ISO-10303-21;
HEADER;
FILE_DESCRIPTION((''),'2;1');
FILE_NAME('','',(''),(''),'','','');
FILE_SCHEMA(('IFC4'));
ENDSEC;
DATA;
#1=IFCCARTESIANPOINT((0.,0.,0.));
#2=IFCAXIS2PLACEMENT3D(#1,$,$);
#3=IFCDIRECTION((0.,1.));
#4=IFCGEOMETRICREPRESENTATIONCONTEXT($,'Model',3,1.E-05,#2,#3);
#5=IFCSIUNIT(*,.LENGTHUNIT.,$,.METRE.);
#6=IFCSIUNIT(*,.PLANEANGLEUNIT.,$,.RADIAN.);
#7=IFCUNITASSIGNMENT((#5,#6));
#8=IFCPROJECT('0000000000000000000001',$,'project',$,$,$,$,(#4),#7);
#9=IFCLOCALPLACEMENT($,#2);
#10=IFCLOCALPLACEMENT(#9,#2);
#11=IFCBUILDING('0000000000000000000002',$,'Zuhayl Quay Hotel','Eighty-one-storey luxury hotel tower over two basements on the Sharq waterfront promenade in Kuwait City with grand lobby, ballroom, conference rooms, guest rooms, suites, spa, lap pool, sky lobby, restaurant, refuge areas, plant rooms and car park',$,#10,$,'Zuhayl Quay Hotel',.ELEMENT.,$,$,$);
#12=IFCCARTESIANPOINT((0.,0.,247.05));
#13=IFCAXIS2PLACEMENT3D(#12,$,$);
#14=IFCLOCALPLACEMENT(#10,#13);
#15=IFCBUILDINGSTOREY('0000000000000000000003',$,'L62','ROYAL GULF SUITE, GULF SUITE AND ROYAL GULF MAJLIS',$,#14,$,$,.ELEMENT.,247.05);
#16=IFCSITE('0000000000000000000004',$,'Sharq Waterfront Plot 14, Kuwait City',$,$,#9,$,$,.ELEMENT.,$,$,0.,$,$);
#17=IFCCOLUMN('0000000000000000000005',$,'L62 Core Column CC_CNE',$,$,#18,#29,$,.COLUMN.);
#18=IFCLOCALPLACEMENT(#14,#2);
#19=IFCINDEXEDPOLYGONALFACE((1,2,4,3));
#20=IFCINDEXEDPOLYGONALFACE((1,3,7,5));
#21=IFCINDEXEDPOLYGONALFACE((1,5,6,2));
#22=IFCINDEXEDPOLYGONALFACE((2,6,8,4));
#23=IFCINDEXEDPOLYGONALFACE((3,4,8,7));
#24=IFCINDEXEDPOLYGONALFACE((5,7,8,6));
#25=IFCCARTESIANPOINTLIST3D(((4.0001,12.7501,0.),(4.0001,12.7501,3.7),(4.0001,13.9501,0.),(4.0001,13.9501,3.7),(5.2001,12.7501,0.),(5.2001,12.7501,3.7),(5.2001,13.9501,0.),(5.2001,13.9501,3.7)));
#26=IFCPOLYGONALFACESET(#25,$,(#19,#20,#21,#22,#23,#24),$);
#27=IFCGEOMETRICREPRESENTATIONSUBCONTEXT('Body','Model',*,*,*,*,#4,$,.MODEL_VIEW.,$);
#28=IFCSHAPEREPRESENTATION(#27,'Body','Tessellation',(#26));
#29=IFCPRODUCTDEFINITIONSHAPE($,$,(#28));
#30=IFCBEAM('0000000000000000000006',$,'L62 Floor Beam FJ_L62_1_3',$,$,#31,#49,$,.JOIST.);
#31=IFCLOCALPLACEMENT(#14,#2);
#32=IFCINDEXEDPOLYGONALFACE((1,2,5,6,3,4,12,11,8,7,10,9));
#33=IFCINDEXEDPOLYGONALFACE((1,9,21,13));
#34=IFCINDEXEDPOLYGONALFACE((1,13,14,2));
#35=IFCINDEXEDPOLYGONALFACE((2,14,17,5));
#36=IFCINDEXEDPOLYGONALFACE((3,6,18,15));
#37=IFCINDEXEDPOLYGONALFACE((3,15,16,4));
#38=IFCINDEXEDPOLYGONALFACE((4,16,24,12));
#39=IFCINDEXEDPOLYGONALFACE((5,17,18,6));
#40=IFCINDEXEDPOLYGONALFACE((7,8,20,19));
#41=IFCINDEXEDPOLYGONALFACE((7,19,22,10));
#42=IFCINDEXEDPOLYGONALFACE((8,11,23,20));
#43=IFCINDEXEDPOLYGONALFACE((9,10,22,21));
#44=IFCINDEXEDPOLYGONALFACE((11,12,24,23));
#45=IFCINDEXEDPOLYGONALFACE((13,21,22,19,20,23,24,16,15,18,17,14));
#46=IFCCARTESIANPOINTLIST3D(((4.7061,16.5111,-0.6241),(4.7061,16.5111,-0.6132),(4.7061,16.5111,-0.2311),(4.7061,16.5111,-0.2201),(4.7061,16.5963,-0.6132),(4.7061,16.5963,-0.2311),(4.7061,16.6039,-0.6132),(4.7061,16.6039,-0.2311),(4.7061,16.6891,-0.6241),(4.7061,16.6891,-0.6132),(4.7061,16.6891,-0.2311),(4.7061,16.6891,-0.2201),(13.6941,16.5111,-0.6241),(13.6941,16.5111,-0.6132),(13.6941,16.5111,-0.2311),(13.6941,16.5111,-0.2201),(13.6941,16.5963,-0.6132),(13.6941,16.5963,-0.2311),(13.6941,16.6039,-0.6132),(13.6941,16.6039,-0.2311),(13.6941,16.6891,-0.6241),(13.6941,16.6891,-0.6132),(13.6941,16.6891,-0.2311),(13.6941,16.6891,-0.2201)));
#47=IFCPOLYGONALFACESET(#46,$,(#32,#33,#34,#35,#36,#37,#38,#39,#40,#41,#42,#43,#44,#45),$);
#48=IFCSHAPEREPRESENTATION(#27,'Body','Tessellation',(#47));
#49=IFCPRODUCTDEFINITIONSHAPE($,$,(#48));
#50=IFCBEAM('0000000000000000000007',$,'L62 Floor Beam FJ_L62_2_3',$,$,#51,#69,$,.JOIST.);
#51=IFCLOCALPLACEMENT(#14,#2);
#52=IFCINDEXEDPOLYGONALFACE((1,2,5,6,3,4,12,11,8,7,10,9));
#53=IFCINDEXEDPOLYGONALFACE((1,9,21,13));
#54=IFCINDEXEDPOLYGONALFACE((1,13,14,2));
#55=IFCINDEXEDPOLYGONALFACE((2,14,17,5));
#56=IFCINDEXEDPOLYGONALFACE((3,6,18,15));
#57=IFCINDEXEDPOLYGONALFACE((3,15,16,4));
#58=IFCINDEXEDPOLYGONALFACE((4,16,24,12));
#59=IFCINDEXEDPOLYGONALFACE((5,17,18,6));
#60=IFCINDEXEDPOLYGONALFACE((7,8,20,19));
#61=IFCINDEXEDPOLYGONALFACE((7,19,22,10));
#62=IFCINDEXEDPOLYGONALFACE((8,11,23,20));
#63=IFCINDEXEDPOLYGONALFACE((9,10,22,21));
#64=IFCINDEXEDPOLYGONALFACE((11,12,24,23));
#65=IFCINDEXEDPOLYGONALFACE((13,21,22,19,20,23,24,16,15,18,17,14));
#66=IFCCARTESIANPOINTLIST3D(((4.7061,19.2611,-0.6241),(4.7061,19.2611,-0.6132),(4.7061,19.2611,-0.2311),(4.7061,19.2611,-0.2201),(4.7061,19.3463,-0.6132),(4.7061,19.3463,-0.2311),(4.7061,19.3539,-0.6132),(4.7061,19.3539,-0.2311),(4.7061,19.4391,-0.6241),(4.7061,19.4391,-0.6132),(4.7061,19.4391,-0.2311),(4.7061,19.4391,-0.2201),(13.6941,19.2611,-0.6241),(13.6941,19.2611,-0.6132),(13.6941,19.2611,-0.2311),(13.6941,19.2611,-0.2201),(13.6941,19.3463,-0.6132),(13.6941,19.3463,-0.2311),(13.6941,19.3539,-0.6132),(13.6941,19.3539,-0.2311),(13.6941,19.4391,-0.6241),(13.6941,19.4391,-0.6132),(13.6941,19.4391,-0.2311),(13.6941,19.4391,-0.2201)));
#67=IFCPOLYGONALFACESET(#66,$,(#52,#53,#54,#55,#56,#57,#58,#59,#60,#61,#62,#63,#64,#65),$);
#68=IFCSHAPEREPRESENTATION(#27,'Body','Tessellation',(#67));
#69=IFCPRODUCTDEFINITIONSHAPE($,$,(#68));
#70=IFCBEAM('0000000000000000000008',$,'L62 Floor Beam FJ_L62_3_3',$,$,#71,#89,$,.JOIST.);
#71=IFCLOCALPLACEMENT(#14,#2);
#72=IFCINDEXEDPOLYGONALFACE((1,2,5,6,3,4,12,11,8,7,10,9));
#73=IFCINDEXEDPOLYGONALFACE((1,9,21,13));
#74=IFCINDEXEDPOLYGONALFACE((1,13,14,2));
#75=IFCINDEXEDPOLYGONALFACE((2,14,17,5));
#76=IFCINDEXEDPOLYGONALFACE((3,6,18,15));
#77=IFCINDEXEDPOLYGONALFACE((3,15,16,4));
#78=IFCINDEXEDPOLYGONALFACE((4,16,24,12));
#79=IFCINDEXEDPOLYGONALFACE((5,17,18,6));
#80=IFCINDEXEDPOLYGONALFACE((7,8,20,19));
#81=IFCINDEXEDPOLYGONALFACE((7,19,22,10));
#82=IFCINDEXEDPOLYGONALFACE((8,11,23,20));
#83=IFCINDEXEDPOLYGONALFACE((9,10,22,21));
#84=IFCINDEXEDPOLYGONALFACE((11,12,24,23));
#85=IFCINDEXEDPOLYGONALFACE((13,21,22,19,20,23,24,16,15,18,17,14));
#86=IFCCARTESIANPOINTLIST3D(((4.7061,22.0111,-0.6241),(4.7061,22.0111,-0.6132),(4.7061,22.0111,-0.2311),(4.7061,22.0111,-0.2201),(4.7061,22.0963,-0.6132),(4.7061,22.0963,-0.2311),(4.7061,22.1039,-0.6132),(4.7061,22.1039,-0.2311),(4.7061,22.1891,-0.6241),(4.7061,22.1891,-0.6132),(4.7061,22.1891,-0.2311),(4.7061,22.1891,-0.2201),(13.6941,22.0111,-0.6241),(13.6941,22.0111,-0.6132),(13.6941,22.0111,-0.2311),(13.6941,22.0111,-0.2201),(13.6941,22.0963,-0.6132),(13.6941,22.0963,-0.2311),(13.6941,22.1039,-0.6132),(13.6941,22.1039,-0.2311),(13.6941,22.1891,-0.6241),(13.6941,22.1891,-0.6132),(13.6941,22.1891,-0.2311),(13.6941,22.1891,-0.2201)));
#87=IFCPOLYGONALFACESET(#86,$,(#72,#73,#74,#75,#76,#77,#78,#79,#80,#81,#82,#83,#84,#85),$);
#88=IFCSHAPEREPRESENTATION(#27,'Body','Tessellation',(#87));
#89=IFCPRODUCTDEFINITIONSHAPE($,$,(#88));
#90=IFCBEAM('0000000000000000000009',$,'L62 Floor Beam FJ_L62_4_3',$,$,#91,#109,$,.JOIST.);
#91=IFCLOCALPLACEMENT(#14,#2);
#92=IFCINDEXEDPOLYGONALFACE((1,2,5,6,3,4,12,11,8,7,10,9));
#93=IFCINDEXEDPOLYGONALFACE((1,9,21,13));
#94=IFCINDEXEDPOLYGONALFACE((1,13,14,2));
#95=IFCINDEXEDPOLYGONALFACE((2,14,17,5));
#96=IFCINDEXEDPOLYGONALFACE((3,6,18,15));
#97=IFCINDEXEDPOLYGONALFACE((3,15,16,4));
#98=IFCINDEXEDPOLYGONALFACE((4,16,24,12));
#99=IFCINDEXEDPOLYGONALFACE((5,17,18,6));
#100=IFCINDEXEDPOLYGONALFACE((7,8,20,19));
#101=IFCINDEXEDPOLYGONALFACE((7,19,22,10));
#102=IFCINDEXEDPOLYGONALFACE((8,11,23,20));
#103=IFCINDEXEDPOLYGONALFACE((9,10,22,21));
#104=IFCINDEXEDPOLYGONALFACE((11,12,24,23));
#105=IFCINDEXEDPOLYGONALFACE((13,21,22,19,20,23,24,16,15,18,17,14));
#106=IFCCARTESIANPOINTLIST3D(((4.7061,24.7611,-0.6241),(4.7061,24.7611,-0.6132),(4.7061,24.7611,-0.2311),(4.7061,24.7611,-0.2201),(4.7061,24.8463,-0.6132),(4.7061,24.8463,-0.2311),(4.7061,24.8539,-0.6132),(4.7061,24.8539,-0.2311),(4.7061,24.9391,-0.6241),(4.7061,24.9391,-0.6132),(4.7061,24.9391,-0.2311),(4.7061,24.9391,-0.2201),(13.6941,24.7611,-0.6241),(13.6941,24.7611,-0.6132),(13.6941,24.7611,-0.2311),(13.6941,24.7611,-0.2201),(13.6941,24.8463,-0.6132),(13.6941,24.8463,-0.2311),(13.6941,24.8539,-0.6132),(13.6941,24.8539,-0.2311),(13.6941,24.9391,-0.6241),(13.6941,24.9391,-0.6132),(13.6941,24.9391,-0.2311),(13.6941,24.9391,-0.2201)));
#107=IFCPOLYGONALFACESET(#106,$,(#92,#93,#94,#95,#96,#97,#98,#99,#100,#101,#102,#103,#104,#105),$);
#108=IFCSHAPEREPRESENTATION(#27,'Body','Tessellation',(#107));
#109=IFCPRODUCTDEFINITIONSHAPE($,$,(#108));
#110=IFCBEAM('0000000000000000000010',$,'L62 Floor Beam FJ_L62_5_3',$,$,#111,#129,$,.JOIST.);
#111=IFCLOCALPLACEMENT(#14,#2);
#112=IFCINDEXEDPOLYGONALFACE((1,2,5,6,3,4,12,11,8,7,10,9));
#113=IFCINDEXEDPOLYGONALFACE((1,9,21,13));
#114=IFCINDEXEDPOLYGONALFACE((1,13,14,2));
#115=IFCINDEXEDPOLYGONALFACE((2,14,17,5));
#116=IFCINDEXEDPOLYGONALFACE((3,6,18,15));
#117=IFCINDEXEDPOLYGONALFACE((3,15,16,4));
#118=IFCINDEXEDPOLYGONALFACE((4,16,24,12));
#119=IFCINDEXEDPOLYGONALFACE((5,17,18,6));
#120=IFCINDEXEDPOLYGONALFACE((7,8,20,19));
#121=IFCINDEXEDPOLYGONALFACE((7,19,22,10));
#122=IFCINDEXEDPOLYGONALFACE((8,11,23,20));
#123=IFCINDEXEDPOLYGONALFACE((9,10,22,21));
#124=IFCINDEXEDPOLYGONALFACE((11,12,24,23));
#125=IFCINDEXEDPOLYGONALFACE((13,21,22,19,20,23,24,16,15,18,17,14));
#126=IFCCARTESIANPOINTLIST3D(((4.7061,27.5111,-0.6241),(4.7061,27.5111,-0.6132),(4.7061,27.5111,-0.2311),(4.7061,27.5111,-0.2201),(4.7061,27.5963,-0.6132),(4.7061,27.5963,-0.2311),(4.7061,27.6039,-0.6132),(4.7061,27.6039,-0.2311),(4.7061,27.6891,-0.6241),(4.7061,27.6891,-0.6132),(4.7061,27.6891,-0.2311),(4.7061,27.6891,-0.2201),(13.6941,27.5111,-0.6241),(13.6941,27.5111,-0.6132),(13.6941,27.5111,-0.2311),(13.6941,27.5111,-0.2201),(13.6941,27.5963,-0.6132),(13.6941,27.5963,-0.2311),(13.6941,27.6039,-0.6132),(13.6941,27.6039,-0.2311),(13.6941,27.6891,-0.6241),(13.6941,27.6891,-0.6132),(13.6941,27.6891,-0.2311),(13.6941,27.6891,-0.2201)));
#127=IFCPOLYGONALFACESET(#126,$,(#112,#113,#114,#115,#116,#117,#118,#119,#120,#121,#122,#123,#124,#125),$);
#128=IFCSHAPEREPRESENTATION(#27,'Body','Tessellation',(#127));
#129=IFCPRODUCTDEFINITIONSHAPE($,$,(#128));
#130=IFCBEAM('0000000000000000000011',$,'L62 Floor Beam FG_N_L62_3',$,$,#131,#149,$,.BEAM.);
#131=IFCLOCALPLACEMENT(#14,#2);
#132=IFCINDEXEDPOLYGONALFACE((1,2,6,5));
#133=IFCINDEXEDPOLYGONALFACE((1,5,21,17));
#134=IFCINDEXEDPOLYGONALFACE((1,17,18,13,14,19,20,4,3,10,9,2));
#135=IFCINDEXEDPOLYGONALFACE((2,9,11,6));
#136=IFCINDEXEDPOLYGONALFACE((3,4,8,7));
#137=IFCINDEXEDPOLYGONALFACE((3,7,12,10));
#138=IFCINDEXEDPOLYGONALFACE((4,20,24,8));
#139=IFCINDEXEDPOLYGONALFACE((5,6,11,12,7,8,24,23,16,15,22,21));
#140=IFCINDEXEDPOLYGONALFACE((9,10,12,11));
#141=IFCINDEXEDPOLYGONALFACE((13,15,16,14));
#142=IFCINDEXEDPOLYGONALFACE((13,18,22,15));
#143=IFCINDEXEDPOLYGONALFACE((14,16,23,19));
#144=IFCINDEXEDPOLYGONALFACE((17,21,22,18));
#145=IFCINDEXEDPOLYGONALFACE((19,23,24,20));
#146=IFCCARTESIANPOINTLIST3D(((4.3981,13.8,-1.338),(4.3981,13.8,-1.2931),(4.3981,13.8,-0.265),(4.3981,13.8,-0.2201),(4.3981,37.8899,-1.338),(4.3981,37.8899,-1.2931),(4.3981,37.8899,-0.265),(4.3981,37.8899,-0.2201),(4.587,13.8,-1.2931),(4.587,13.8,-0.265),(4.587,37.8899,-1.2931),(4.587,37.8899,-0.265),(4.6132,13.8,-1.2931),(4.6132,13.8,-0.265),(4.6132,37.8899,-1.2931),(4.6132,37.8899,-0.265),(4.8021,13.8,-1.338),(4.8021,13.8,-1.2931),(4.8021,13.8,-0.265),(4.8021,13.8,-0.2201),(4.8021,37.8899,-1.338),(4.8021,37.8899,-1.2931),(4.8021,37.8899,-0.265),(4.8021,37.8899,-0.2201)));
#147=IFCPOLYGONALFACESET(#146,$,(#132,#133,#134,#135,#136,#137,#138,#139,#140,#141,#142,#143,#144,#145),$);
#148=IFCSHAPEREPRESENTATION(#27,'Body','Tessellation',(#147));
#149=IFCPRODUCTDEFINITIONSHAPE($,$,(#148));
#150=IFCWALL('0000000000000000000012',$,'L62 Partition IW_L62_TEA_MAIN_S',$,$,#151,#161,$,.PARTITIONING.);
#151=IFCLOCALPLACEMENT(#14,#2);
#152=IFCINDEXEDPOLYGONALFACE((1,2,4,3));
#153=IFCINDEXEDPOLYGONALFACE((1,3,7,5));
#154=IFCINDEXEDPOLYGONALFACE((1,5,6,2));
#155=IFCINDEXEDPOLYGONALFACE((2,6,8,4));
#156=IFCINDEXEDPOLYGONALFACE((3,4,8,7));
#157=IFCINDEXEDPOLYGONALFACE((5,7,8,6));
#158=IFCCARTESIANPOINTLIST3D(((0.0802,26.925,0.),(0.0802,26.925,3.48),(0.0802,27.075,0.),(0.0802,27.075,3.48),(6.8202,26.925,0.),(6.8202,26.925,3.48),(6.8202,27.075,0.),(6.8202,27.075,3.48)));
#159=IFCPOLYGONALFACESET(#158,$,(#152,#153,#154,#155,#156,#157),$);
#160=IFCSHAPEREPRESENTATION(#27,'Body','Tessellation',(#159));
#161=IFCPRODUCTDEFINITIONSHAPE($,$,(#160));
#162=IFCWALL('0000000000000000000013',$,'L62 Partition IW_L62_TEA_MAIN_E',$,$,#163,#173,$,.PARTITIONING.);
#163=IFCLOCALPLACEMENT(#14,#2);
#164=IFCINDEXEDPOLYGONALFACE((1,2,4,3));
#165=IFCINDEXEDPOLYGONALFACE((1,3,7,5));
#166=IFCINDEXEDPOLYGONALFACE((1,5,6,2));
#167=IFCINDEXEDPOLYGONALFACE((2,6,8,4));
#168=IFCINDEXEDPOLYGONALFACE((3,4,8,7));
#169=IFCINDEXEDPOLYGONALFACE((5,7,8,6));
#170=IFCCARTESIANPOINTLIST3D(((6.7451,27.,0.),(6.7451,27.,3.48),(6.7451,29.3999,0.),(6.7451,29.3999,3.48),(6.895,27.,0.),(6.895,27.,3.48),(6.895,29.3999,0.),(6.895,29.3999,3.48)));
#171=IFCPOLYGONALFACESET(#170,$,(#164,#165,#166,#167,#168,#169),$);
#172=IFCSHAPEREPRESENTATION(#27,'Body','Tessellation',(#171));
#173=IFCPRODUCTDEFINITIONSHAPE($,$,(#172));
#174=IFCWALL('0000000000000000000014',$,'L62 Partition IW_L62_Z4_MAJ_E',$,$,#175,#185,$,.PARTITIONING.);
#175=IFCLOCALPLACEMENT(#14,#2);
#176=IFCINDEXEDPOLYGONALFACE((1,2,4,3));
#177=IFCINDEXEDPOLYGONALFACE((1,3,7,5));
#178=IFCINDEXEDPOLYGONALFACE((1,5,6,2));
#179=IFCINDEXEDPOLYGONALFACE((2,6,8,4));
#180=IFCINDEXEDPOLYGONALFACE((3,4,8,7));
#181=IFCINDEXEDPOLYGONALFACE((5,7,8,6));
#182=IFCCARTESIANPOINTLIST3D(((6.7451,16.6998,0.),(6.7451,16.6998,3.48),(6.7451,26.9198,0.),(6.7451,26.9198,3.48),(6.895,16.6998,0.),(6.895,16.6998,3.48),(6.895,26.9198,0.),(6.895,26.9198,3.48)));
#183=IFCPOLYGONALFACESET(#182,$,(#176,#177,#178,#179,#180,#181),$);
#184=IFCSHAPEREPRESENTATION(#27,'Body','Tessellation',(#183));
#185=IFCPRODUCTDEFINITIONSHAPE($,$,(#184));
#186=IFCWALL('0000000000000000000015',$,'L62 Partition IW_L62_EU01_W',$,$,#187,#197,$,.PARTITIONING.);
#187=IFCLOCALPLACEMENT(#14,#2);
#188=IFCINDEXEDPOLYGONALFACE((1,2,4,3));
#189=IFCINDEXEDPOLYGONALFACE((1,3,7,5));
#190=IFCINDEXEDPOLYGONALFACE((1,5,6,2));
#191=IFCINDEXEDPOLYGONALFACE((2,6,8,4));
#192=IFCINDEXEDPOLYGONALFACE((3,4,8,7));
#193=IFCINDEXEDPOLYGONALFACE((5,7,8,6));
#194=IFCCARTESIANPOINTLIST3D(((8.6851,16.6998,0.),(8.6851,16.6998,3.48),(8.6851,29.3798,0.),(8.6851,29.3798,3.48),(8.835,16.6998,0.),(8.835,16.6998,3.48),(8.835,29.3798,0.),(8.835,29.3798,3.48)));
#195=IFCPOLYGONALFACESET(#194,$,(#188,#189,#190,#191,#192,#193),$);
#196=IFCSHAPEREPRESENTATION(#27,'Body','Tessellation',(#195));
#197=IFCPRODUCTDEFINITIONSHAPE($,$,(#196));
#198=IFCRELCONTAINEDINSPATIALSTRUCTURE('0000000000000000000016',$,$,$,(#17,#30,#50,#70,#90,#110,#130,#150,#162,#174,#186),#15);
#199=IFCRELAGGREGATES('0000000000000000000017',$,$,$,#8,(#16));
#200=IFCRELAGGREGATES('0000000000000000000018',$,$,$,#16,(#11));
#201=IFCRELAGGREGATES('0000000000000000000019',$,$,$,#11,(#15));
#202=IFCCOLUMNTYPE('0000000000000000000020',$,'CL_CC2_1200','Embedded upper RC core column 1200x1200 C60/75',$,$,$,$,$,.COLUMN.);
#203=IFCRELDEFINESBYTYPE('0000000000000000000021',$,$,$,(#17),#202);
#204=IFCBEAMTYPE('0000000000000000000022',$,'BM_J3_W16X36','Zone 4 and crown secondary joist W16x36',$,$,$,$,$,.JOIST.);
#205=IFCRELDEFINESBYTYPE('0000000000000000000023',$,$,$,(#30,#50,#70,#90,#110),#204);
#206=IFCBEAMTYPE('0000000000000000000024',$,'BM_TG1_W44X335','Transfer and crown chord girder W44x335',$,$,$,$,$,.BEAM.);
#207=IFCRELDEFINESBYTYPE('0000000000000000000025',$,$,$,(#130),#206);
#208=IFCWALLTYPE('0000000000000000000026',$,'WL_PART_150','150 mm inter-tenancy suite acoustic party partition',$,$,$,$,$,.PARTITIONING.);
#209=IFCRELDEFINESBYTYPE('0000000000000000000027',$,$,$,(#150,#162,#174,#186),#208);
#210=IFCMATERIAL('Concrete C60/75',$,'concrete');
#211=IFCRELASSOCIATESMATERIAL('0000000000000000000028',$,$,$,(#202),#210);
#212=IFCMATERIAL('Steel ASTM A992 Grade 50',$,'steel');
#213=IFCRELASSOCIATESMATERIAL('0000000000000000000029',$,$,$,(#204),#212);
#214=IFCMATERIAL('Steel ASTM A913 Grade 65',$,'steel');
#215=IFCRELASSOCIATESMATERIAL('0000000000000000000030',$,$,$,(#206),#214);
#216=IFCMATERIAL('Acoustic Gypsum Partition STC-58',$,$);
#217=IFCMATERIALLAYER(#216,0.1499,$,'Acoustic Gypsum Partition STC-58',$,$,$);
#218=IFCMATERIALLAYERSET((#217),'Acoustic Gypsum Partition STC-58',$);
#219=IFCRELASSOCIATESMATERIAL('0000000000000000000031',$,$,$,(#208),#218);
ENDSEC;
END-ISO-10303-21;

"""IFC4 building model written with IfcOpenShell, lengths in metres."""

from ifc_helpers import new_model, si_unit, direction, frame, frame_2d, origin, origin_2d, place, context, subcontext, project, spatial, rectangle, i_section, extrude, material, layer, layer_set, material_profile, profile_set, type_object, element, save


model = new_model("IFC4")

# Units and contexts
model_context = context("Model", 3, precision=1e-05, world=origin(), true_north=direction((0.0, 1.0)))
body_context = subcontext(model_context, "Body", "Model", "MODEL_VIEW")
ifc_project = project(units=[si_unit("LENGTHUNIT", "METRE"), si_unit("PLANEANGLEUNIT", "RADIAN")], contexts=[model_context])

# Site, building, storey
site_placement = place(None, origin())
site = spatial("IfcSite", under=ifc_project, at=site_placement, Name="Sharq Waterfront Plot 14, Kuwait City", CompositionType="ELEMENT", RefElevation=0.0)
building_placement = place(site_placement, origin())
building = spatial("IfcBuilding", under=site, at=building_placement, Name="Zuhayl Quay Hotel", Description="Eighty-one-storey luxury hotel tower over two basements on the Sharq waterfront promenade in Kuwait City with grand lobby, ballroom, conference rooms, guest rooms, suites, spa, lap pool, sky lobby, restaurant, refuge areas, plant rooms and car park", LongName="Zuhayl Quay Hotel", CompositionType="ELEMENT")
storey_placement = place(building_placement, frame((0.0, 0.0, 247.05)))
storey = spatial("IfcBuildingStorey", under=building, at=storey_placement, Name="L62", Description="ROYAL GULF SUITE, GULF SUITE AND ROYAL GULF MAJLIS", CompositionType="ELEMENT", Elevation=247.05)

# Column
ifc_material_1 = material(Name="Concrete C60/75", Category="concrete")
ifc_material_profile_1 = material_profile(ifc_material_1, rectangle(XDim=1.2, YDim=1.2, at=origin_2d()), Name="RC1200X1200")
ifc_profile_set_1 = profile_set([ifc_material_profile_1], Name="Concrete C60/75")
column_type = type_object("IfcColumnType", Name="CL_CC2_1200", Description="Embedded upper RC core column 1200x1200 C60/75", PredefinedType="COLUMN", material=ifc_profile_set_1)
column_placement = place(storey_placement, frame((4.6001, 13.3501, 0.0), z_axis=(0.0, 0.0, 1.0), x_axis=(1.0, 0.0, 0.0)))
element("IfcColumn", 1, at=column_placement, inside=storey, type_object=column_type, Name="L62 Core Column CC_CNE", PredefinedType="COLUMN", context=body_context, shape_type="SweptSolid", body=[
    extrude(rectangle(XDim=1.2, YDim=1.2, at=origin_2d()), origin(), (0.0, 0.0, 1.0), 3.7),
])

# Beams
ifc_material_2 = material(Name="Steel ASTM A992 Grade 50", Category="steel")
ifc_material_profile_2 = material_profile(ifc_material_2, i_section(OverallWidth=0.178, OverallDepth=0.4041, WebThickness=0.0076, FlangeThickness=0.011, at=origin_2d()), Name="W16X36")
ifc_profile_set_2 = profile_set([ifc_material_profile_2], Name="Steel ASTM A992 Grade 50")
beam_type_1 = type_object("IfcBeamType", Name="BM_J3_W16X36", Description="Zone 4 and crown secondary joist W16x36", PredefinedType="JOIST", material=ifc_profile_set_2)
for number, where, z_axis, x_axis, name in (
    (2, (4.7061, 16.6001, -0.4221), (1.0, 0.0, 0.0), (0.0, 1.0, 0.0), "L62 Floor Beam FJ_L62_1_3"),
    (3, (4.7061, 19.3501, -0.4221), (1.0, 0.0, 0.0), (0.0, 1.0, 0.0), "L62 Floor Beam FJ_L62_2_3"),
    (4, (4.7061, 22.1001, -0.4221), (1.0, 0.0, 0.0), (0.0, 1.0, 0.0), "L62 Floor Beam FJ_L62_3_3"),
    (5, (4.7061, 24.8501, -0.4221), (1.0, 0.0, 0.0), (0.0, 1.0, 0.0), "L62 Floor Beam FJ_L62_4_3"),
    (6, (4.7061, 27.6001, -0.4221), (1.0, 0.0, 0.0), (0.0, 1.0, 0.0), "L62 Floor Beam FJ_L62_5_3"),
):
    element("IfcBeam", number, at=place(storey_placement, frame(where, z_axis=z_axis, x_axis=x_axis)), inside=storey, type_object=beam_type_1, Name=name, PredefinedType="JOIST", context=body_context, shape_type="SweptSolid", body=[
        extrude(i_section(OverallWidth=0.178, OverallDepth=0.4041, WebThickness=0.0076, FlangeThickness=0.011, at=origin_2d()), origin(), (0.0, 0.0, 1.0), 8.988),
    ])
ifc_material_3 = material(Name="Steel ASTM A913 Grade 65", Category="steel")
ifc_material_profile_3 = material_profile(ifc_material_3, i_section(OverallWidth=0.4041, OverallDepth=1.1179, WebThickness=0.0261, FlangeThickness=0.0449, at=origin_2d()), Name="W44X335")
ifc_profile_set_3 = profile_set([ifc_material_profile_3], Name="Steel ASTM A913 Grade 65")
beam_type_2 = type_object("IfcBeamType", Name="BM_TG1_W44X335", Description="Transfer and crown chord girder W44x335", PredefinedType="BEAM", material=ifc_profile_set_3)
beam_placement = place(storey_placement, frame((4.6001, 13.8, -0.7791), z_axis=(0.0, 1.0, 0.0), x_axis=(-1.0, 0.0, 0.0)))
element("IfcBeam", 7, at=beam_placement, inside=storey, type_object=beam_type_2, Name="L62 Floor Beam FG_N_L62_3", PredefinedType="BEAM", context=body_context, shape_type="SweptSolid", body=[
    extrude(i_section(OverallWidth=0.4041, OverallDepth=1.1179, WebThickness=0.0261, FlangeThickness=0.0449, at=origin_2d()), origin(), (0.0, 0.0, 1.0), 24.0898),
])

# Walls
ifc_material_4 = material(Name="Acoustic Gypsum Partition STC-58")
ifc_layer_1 = layer(ifc_material_4, 0.1499, Name="Acoustic Gypsum Partition STC-58")
ifc_layer_set_1 = layer_set([ifc_layer_1], Name="Acoustic Gypsum Partition STC-58")
wall_type_1 = type_object("IfcWallType", Name="WL_PART_150", Description="150 mm inter-tenancy suite acoustic party partition", PredefinedType="PARTITIONING", material=ifc_layer_set_1)
wall_1_placement = place(storey_placement, frame((0.0801, 27.0, 0.0), z_axis=(0.0, 0.0, 1.0), x_axis=(1.0, 0.0, 0.0)))
element("IfcWall", 8, at=wall_1_placement, inside=storey, type_object=wall_type_1, Name="L62 Partition IW_L62_TEA_MAIN_S", PredefinedType="PARTITIONING", context=body_context, shape_type="SweptSolid", body=[
    extrude(rectangle(XDim=6.74, YDim=0.1499, at=frame_2d((3.3701, 0.0))), origin(), (0.0, 0.0, 1.0), 3.48),
])
wall_2_placement = place(storey_placement, frame((6.8201, 27.0, 0.0), z_axis=(0.0, 0.0, 1.0), x_axis=(0.0, 1.0, 0.0)))
element("IfcWall", 9, at=wall_2_placement, inside=storey, type_object=wall_type_1, Name="L62 Partition IW_L62_TEA_MAIN_E", PredefinedType="PARTITIONING", context=body_context, shape_type="SweptSolid", body=[
    extrude(rectangle(XDim=2.3999, YDim=0.1499, at=frame_2d((1.2, 0.0))), origin(), (0.0, 0.0, 1.0), 3.48),
])
wall_3_placement = place(storey_placement, frame((6.8201, 16.7, 0.0), z_axis=(0.0, 0.0, 1.0), x_axis=(0.0, 1.0, 0.0)))
element("IfcWall", 10, at=wall_3_placement, inside=storey, type_object=wall_type_1, Name="L62 Partition IW_L62_Z4_MAJ_E", PredefinedType="PARTITIONING", context=body_context, shape_type="SweptSolid", body=[
    extrude(rectangle(XDim=10.22, YDim=0.1499, at=frame_2d((5.1099, 0.0))), origin(), (0.0, 0.0, 1.0), 3.48),
])
wall_4_placement = place(storey_placement, frame((8.76, 16.7, 0.0), z_axis=(0.0, 0.0, 1.0), x_axis=(0.0, 1.0, 0.0)))
element("IfcWall", 11, at=wall_4_placement, inside=storey, type_object=wall_type_1, Name="L62 Partition IW_L62_EU01_W", PredefinedType="PARTITIONING", context=body_context, shape_type="SweptSolid", body=[
    extrude(rectangle(XDim=12.6799, YDim=0.1499, at=frame_2d((6.3398, 0.0))), origin(), (0.0, 0.0, 1.0), 3.48),
])

save(model, "model.ifc")
